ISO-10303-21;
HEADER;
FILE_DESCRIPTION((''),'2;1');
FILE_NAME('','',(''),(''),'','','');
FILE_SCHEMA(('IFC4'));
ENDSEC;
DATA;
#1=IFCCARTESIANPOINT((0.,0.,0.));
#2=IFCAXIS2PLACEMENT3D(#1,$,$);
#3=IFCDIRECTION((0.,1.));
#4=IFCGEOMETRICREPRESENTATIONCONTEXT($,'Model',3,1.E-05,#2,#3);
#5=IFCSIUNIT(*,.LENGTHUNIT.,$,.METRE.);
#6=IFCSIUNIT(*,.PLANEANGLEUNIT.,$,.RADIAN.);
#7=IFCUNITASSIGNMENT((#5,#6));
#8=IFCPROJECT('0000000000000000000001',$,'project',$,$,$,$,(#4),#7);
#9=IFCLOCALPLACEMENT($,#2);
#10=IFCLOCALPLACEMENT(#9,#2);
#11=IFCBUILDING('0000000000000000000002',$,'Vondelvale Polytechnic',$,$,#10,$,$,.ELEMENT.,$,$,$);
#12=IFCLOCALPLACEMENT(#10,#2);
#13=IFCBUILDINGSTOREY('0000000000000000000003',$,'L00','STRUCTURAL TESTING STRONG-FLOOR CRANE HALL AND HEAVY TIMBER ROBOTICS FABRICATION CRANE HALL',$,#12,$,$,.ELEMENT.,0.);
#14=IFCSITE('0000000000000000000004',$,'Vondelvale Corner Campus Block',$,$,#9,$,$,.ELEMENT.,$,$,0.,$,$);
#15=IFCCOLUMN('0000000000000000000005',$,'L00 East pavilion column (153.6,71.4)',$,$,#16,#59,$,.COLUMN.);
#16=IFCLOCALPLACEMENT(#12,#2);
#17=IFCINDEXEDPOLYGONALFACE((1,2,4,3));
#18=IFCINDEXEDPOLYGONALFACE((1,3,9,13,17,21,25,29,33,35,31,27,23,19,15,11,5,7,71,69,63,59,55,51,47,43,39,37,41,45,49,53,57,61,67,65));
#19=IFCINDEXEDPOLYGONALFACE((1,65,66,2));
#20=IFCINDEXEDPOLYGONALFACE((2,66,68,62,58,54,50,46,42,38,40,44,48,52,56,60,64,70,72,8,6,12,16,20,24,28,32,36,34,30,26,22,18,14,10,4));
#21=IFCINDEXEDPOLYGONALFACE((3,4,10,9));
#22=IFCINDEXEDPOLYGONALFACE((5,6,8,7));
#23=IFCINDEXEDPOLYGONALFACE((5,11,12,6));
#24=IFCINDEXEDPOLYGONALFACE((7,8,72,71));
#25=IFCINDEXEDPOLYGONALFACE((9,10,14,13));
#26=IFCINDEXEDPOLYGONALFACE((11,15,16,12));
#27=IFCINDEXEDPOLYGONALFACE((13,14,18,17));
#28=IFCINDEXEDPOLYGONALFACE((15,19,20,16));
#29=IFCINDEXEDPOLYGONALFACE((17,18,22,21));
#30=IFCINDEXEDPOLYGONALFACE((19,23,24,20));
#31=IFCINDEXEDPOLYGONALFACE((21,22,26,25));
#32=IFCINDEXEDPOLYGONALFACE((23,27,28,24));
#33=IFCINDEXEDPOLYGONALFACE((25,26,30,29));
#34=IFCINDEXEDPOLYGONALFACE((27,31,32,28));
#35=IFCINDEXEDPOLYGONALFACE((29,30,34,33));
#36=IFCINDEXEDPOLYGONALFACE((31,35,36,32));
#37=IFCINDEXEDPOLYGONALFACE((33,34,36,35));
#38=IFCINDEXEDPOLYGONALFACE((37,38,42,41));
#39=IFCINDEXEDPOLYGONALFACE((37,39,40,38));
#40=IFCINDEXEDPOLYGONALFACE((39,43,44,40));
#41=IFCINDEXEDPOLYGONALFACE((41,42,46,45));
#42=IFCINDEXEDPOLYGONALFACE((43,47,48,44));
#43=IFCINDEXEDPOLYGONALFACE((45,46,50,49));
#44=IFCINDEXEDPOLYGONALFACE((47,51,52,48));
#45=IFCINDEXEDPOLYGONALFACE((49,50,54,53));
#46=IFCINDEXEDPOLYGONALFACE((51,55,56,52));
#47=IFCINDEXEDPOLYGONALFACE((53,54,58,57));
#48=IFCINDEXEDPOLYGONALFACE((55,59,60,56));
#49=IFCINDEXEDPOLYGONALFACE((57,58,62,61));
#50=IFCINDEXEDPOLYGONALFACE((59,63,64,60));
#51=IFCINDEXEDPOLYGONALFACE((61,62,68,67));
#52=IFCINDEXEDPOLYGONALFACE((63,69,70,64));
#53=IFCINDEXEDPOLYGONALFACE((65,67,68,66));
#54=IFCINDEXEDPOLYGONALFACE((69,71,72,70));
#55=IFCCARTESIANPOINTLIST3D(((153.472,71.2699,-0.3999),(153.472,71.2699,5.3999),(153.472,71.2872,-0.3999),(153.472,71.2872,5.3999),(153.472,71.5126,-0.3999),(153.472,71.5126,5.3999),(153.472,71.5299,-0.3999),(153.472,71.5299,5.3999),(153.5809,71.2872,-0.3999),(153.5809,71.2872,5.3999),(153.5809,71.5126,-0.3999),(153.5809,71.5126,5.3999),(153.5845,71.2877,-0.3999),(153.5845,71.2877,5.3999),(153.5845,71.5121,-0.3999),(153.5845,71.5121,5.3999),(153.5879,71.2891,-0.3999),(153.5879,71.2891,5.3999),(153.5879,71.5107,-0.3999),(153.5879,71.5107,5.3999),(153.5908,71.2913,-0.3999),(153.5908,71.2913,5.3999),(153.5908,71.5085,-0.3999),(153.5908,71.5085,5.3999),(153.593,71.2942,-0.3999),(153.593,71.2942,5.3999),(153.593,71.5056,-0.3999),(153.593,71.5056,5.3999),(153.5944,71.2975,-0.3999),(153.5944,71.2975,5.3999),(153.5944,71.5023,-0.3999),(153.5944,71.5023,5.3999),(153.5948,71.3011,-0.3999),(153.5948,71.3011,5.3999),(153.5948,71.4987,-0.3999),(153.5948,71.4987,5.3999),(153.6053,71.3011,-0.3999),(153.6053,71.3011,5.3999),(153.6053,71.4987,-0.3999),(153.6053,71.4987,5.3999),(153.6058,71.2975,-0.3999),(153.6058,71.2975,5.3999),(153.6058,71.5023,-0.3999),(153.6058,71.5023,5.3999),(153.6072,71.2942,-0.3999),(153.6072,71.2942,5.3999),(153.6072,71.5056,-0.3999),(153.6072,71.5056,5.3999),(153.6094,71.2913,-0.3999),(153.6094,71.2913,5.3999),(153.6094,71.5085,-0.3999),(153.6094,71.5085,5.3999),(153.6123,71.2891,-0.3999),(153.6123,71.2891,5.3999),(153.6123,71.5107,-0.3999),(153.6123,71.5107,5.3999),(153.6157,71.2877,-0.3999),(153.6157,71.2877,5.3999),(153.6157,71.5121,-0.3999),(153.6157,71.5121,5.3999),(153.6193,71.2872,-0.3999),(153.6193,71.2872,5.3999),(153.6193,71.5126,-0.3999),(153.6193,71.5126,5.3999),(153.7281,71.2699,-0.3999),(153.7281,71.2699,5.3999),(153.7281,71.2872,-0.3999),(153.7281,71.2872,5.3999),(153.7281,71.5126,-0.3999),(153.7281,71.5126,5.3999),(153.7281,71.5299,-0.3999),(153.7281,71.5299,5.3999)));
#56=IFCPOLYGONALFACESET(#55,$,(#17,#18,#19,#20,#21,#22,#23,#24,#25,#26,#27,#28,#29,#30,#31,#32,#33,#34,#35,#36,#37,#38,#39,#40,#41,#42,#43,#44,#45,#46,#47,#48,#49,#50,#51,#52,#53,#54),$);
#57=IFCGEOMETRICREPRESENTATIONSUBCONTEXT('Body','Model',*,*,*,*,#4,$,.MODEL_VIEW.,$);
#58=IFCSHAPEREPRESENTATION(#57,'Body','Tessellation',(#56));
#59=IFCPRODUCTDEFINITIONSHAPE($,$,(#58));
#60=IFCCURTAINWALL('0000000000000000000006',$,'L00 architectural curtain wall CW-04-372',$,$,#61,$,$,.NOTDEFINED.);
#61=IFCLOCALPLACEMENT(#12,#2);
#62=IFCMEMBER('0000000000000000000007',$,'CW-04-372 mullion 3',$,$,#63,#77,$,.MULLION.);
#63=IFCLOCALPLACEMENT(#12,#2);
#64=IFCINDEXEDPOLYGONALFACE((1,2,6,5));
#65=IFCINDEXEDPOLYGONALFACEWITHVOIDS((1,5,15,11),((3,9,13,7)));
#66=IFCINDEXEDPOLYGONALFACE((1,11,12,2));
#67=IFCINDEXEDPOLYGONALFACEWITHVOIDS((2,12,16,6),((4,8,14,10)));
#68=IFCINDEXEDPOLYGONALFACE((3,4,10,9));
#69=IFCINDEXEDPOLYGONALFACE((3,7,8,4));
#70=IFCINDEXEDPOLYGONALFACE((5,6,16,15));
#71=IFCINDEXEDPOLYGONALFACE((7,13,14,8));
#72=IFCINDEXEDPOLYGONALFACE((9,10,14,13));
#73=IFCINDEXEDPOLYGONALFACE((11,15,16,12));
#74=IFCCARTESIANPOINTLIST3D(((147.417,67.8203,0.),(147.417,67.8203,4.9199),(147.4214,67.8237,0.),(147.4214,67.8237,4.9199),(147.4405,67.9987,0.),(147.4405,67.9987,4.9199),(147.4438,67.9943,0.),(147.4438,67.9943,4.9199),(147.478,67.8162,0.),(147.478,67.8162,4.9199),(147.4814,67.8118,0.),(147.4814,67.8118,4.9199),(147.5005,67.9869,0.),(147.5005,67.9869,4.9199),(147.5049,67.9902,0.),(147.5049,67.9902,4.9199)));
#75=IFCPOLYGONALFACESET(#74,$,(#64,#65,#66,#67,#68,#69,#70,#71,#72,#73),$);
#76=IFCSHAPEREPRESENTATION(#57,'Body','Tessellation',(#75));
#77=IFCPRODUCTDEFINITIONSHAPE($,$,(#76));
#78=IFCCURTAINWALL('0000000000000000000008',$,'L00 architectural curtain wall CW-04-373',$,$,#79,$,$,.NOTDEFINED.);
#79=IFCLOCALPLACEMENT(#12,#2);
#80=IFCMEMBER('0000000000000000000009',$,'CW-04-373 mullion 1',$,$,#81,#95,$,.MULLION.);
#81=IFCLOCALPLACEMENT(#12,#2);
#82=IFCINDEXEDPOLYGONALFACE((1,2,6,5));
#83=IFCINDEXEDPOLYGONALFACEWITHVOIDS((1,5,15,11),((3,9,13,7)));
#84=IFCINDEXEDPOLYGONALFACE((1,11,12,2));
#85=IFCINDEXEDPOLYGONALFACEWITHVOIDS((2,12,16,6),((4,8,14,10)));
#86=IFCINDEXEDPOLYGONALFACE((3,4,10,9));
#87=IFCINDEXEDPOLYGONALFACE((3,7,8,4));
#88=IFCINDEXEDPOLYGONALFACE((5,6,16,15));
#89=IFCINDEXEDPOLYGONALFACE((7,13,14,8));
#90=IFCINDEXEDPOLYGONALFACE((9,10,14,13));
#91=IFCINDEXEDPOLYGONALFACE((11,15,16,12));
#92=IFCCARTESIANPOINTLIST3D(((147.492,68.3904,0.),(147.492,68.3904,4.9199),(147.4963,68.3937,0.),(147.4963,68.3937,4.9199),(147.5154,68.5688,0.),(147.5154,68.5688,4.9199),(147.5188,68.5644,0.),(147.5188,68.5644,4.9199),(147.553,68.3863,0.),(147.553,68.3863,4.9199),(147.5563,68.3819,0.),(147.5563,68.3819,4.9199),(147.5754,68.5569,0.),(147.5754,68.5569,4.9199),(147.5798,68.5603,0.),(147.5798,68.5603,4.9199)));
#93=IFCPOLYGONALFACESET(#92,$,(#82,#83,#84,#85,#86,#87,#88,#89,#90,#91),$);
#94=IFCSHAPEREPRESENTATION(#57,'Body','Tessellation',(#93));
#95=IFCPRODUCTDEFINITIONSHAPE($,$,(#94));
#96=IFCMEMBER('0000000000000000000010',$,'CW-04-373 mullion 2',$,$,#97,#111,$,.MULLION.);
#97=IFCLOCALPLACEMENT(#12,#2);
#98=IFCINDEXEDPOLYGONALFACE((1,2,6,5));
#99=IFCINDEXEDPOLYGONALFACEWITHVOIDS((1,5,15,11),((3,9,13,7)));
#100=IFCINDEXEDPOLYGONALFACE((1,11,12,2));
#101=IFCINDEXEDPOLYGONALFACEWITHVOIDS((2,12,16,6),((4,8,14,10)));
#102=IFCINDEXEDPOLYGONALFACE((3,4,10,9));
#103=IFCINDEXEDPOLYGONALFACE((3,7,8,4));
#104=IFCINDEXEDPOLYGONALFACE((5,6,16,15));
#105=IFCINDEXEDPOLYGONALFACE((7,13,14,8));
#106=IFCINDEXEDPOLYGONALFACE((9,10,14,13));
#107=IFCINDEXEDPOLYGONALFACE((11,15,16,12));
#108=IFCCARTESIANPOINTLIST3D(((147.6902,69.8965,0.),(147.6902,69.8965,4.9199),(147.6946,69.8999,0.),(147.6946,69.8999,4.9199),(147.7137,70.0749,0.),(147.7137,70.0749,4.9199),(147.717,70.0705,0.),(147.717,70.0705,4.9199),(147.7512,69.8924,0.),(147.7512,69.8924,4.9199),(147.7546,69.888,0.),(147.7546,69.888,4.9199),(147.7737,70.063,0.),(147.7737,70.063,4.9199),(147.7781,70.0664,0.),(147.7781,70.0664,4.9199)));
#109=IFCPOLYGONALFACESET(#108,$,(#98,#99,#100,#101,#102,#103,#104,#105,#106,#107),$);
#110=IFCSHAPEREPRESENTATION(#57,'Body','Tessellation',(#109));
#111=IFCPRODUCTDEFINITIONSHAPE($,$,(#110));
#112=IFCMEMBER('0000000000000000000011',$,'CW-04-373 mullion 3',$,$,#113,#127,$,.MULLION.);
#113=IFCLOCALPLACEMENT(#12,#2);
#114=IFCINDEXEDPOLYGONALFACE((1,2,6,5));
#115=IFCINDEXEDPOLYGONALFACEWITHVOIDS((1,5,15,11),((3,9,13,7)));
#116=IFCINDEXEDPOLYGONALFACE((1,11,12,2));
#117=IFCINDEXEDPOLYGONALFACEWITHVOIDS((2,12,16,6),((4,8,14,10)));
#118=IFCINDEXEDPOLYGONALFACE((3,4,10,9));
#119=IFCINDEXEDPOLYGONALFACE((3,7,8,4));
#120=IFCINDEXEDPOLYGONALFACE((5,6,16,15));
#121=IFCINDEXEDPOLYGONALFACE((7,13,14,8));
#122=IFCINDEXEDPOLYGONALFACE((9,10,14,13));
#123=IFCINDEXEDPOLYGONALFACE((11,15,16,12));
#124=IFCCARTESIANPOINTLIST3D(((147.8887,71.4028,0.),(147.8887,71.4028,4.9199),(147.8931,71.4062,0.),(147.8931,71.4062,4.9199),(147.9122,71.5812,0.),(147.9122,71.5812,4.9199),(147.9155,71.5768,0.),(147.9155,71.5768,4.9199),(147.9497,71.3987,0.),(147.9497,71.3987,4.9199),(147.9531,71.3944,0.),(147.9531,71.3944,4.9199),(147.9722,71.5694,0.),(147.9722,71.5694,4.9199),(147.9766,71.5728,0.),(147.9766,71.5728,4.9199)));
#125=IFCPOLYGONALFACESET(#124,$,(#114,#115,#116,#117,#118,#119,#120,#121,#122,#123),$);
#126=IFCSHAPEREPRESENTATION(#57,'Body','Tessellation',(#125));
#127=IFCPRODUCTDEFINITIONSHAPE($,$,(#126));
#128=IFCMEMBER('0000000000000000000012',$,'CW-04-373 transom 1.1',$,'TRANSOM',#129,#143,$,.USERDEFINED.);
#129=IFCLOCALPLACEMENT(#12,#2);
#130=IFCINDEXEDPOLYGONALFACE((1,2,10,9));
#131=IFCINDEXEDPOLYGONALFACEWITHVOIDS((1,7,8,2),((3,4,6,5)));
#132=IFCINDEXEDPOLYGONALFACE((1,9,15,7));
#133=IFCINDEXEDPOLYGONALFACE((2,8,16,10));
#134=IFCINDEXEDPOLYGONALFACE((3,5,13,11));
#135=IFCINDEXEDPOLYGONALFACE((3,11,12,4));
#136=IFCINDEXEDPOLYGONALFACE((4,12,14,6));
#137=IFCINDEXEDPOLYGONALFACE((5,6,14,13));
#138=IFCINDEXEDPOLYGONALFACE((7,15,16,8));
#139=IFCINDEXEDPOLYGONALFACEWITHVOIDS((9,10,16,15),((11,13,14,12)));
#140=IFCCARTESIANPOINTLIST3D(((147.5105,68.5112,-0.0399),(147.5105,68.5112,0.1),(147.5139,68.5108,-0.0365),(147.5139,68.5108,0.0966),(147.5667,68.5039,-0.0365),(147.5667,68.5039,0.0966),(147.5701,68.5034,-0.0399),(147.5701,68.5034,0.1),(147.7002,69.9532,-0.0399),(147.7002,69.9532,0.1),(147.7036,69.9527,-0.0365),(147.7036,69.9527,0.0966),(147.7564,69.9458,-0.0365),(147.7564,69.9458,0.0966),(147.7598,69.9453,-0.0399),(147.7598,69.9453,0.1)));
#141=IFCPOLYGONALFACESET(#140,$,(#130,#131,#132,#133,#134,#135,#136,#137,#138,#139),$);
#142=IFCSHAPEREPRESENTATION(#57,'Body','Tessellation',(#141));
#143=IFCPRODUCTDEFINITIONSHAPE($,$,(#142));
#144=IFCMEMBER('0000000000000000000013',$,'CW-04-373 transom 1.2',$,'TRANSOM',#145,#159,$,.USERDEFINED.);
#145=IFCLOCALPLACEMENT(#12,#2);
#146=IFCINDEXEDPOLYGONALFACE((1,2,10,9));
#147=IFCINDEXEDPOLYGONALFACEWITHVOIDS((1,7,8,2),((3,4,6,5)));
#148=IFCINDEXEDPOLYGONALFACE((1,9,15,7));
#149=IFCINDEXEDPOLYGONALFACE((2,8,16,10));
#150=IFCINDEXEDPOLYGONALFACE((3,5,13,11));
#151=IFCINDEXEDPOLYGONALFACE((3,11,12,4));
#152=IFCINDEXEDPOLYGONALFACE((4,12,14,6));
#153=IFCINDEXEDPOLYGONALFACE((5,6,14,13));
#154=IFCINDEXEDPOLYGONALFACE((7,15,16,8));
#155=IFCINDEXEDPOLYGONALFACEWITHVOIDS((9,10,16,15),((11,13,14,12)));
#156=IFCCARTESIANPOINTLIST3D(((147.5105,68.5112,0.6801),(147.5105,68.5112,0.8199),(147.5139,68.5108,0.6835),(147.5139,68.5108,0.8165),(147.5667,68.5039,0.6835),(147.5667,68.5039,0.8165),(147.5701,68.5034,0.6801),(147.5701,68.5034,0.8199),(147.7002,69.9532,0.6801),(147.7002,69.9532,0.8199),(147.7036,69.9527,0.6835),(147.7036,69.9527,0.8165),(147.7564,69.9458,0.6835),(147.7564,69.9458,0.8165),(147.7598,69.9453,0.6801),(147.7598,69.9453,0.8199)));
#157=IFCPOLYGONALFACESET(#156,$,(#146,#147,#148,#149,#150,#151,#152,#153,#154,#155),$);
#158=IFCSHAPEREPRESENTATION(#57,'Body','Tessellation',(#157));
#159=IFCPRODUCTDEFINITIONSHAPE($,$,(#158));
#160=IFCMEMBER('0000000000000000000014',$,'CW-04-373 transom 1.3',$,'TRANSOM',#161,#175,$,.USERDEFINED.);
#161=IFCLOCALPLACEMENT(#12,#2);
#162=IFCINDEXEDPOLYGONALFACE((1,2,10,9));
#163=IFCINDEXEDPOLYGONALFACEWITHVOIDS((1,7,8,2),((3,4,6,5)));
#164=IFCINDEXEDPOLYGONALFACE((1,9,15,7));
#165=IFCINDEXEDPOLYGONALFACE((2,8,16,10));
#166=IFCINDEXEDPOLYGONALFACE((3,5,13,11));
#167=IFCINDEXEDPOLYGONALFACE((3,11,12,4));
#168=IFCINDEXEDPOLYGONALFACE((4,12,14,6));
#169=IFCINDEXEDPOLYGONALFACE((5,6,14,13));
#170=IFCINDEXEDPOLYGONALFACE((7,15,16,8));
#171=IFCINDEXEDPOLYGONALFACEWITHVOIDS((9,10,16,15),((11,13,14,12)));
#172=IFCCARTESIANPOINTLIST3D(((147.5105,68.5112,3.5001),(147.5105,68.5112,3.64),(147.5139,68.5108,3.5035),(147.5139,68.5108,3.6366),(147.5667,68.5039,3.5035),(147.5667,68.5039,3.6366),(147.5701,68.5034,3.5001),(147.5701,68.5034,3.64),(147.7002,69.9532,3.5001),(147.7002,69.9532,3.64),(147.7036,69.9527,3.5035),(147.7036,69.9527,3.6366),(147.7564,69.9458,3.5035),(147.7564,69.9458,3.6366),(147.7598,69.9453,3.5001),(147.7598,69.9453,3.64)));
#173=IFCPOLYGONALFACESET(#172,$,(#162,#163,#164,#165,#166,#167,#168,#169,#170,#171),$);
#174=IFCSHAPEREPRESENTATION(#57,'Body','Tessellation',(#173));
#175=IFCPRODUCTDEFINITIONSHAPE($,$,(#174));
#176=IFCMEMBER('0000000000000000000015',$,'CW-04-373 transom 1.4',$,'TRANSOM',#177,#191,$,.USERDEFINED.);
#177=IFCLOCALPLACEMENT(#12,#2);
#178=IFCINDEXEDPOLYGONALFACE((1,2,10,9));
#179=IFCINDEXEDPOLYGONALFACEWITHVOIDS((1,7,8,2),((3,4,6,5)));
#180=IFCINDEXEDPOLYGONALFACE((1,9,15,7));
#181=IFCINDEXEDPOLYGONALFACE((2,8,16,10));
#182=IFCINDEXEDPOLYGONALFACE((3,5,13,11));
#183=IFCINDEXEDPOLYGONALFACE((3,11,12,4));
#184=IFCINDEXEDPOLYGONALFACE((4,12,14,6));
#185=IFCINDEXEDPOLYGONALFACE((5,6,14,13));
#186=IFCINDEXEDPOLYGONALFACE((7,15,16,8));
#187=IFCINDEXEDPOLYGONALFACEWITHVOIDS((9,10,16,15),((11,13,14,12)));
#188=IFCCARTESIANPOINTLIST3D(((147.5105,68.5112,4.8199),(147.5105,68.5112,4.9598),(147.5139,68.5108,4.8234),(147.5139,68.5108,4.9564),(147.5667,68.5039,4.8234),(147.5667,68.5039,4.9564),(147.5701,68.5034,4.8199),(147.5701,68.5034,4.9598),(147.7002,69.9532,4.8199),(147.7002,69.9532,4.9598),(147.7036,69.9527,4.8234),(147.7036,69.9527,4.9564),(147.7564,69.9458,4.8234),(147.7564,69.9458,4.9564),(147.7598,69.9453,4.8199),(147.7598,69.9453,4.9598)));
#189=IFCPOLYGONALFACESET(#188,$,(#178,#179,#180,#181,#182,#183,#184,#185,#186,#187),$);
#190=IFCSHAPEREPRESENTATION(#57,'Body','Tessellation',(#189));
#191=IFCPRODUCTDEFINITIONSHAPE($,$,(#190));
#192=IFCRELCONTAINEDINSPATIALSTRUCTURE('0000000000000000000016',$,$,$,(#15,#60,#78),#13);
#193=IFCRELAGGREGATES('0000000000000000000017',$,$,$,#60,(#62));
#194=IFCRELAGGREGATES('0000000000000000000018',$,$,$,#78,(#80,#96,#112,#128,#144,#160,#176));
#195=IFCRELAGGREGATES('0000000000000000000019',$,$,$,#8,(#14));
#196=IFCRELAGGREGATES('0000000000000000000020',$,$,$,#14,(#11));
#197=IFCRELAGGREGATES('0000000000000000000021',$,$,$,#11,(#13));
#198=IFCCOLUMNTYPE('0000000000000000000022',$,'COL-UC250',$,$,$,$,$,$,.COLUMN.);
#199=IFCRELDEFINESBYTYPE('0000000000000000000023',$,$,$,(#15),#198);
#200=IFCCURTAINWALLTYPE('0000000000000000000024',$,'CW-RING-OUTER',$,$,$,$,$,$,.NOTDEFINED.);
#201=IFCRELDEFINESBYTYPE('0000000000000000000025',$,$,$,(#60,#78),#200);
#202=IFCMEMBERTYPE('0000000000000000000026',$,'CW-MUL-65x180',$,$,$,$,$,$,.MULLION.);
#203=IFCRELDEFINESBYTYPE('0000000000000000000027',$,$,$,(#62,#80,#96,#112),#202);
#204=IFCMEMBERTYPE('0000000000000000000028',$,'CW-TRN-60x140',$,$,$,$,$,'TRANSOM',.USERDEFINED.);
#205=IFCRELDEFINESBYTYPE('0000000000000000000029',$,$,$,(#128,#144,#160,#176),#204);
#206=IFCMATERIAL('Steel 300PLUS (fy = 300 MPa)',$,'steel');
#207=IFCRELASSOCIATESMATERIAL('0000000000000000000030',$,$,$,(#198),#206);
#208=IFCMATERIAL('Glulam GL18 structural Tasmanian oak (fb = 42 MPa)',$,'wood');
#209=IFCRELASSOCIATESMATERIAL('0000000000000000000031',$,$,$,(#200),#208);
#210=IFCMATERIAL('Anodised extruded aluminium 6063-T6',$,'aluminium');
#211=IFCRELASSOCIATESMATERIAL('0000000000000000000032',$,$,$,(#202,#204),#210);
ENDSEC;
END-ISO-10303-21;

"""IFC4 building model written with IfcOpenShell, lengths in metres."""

from ifc_helpers import new_model, si_unit, direction, frame, origin, origin_2d, place, context, subcontext, project, spatial, hollow_rectangle, i_section, extrude, material, material_profile, profile_set, type_object, element, aggregate, save


model = new_model("IFC4")

# Units and contexts
model_context = context("Model", 3, precision=1e-05, world=origin(), true_north=direction((0.0, 1.0)))
body_context = subcontext(model_context, "Body", "Model", "MODEL_VIEW")
ifc_project = project(units=[si_unit("LENGTHUNIT", "METRE"), si_unit("PLANEANGLEUNIT", "RADIAN")], contexts=[model_context])

# Site, building, storey
site_placement = place(None, origin())
site = spatial("IfcSite", under=ifc_project, at=site_placement, Name="Vondelvale Corner Campus Block", CompositionType="ELEMENT", RefElevation=0.0)
building_placement = place(site_placement, origin())
building = spatial("IfcBuilding", under=site, at=building_placement, Name="Vondelvale Polytechnic", CompositionType="ELEMENT")
storey_placement = place(building_placement, origin())
storey = spatial("IfcBuildingStorey", under=building, at=storey_placement, Name="L00", Description="STRUCTURAL TESTING STRONG-FLOOR CRANE HALL AND HEAVY TIMBER ROBOTICS FABRICATION CRANE HALL", CompositionType="ELEMENT", Elevation=0.0)

# Column
ifc_material_1 = material(Name="Glulam GL18 structural Tasmanian oak (fb = 42 MPa)", Category="wood")
ifc_material_2 = material(Name="Steel 300PLUS (fy = 300 MPa)", Category="steel")
ifc_material_profile_1 = material_profile(ifc_material_2, i_section(OverallWidth=0.2561, OverallDepth=0.26, WebThickness=0.0105, FlangeThickness=0.0173, FilletRadius=0.0139, at=origin_2d()), Name="250UC89.5")
ifc_profile_set_1 = profile_set([ifc_material_profile_1], Name="Steel 300PLUS (fy = 300 MPa)")
column_type_1 = type_object("IfcColumnType", Name="COL-UC250", PredefinedType="COLUMN", material=ifc_profile_set_1)
column_1_placement = place(storey_placement, frame((153.6001, 71.3999, -0.3999), z_axis=(0.0, 0.0, 1.0), x_axis=(1.0, 0.0, 0.0)))
element("IfcColumn", 1, at=column_1_placement, inside=storey, type_object=column_type_1, Name="L00 East pavilion column (153.6,71.4)", PredefinedType="COLUMN", context=body_context, shape_type="SweptSolid", body=[
    extrude(i_section(OverallWidth=0.2561, OverallDepth=0.26, WebThickness=0.0105, FlangeThickness=0.0173, FilletRadius=0.0139, at=origin_2d()), origin(), (0.0, 0.0, 1.0), 5.7998),
])

# Curtain wall, member
curtain_wall_type = type_object("IfcCurtainWallType", Name="CW-RING-OUTER", PredefinedType="NOTDEFINED", material=ifc_material_1)
curtain_wall_1_placement = place(storey_placement, origin())
curtain_wall_1 = element("IfcCurtainWall", 2, at=curtain_wall_1_placement, inside=storey, type_object=curtain_wall_type, Name="L00 architectural curtain wall CW-04-372", PredefinedType="NOTDEFINED")
ifc_material_3 = material(Name="Anodised extruded aluminium 6063-T6", Category="aluminium")
ifc_material_profile_2 = material_profile(ifc_material_3, hollow_rectangle(XDim=0.0649, YDim=0.1799, WallThickness=0.0039, at=origin_2d()), Name="CW-MUL-180x65")
ifc_profile_set_2 = profile_set([ifc_material_profile_2], Name="Anodised extruded aluminium 6063-T6")
member_type_1 = type_object("IfcMemberType", Name="CW-MUL-65x180", PredefinedType="MULLION", material=ifc_profile_set_2)
member_1_placement = place(storey_placement, frame((147.4609, 67.9053, 0.0), z_axis=(0.0, 0.0, 1.0), x_axis=(-0.991449, 0.130497, 0.0)))
member_1 = element("IfcMember", 3, at=member_1_placement, type_object=member_type_1, Name="CW-04-372 mullion 3", PredefinedType="MULLION", context=body_context, shape_type="SweptSolid", body=[
    extrude(hollow_rectangle(XDim=0.0649, YDim=0.1799, WallThickness=0.0039, at=origin_2d()), origin(), (0.0, 0.0, 1.0), 4.9199),
])
aggregate(curtain_wall_1, [member_1])

# Curtain wall, members
curtain_wall_2_placement = place(storey_placement, origin())
curtain_wall_2 = element("IfcCurtainWall", 4, at=curtain_wall_2_placement, inside=storey, type_object=curtain_wall_type, Name="L00 architectural curtain wall CW-04-373", PredefinedType="NOTDEFINED")
member_2_placement = place(storey_placement, frame((147.5359, 68.4753, 0.0), z_axis=(0.0, 0.0, 1.0), x_axis=(-0.991445, 0.130524, 0.0)))
member_2 = element("IfcMember", 5, at=member_2_placement, type_object=member_type_1, Name="CW-04-373 mullion 1", PredefinedType="MULLION", context=body_context, shape_type="SweptSolid", body=[
    extrude(hollow_rectangle(XDim=0.0649, YDim=0.1799, WallThickness=0.0039, at=origin_2d()), origin(), (0.0, 0.0, 1.0), 4.9199),
])
member_3_placement = place(storey_placement, frame((147.7341, 69.9814, 0.0), z_axis=(0.0, 0.0, 1.0), x_axis=(-0.991445, 0.130524, 0.0)))
member_3 = element("IfcMember", 6, at=member_3_placement, type_object=member_type_1, Name="CW-04-373 mullion 2", PredefinedType="MULLION", context=body_context, shape_type="SweptSolid", body=[
    extrude(hollow_rectangle(XDim=0.0649, YDim=0.1799, WallThickness=0.0039, at=origin_2d()), origin(), (0.0, 0.0, 1.0), 4.9199),
])
member_4_placement = place(storey_placement, frame((147.9326, 71.4878, 0.0), z_axis=(0.0, 0.0, 1.0), x_axis=(-0.991445, 0.130524, 0.0)))
member_4 = element("IfcMember", 7, at=member_4_placement, type_object=member_type_1, Name="CW-04-373 mullion 3", PredefinedType="MULLION", context=body_context, shape_type="SweptSolid", body=[
    extrude(hollow_rectangle(XDim=0.0649, YDim=0.1799, WallThickness=0.0039, at=origin_2d()), origin(), (0.0, 0.0, 1.0), 4.9199),
])
ifc_material_profile_3 = material_profile(ifc_material_3, hollow_rectangle(XDim=0.0601, YDim=0.1399, WallThickness=0.0034, at=origin_2d()), Name="CW-TRN-140x60")
ifc_profile_set_3 = profile_set([ifc_material_profile_3], Name="Anodised extruded aluminium 6063-T6")
member_type_2 = type_object("IfcMemberType", Name="CW-TRN-60x140", ElementType="TRANSOM", PredefinedType="USERDEFINED", material=ifc_profile_set_3)
member_5_placement = place(storey_placement, frame((147.5403, 68.5073, 0.03), z_axis=(0.130437, 0.991457, 0.0), x_axis=(-0.991457, 0.130437, 0.0)))
member_5 = element("IfcMember", 8, at=member_5_placement, type_object=member_type_2, Name="CW-04-373 transom 1.1", ObjectType="TRANSOM", PredefinedType="USERDEFINED", context=body_context, shape_type="SweptSolid", body=[
    extrude(hollow_rectangle(XDim=0.0601, YDim=0.1399, WallThickness=0.0034, at=origin_2d()), origin(), (0.0, 0.0, 1.0), 1.4543),
])
member_6_placement = place(storey_placement, frame((147.5403, 68.5073, 0.75), z_axis=(0.130437, 0.991457, 0.0), x_axis=(-0.991457, 0.130437, 0.0)))
member_6 = element("IfcMember", 9, at=member_6_placement, type_object=member_type_2, Name="CW-04-373 transom 1.2", ObjectType="TRANSOM", PredefinedType="USERDEFINED", context=body_context, shape_type="SweptSolid", body=[
    extrude(hollow_rectangle(XDim=0.0601, YDim=0.1399, WallThickness=0.0034, at=origin_2d()), origin(), (0.0, 0.0, 1.0), 1.4543),
])
member_7_placement = place(storey_placement, frame((147.5403, 68.5073, 3.5701), z_axis=(0.130437, 0.991457, 0.0), x_axis=(-0.991457, 0.130437, 0.0)))
member_7 = element("IfcMember", 10, at=member_7_placement, type_object=member_type_2, Name="CW-04-373 transom 1.3", ObjectType="TRANSOM", PredefinedType="USERDEFINED", context=body_context, shape_type="SweptSolid", body=[
    extrude(hollow_rectangle(XDim=0.0601, YDim=0.1399, WallThickness=0.0034, at=origin_2d()), origin(), (0.0, 0.0, 1.0), 1.4543),
])
member_8_placement = place(storey_placement, frame((147.5403, 68.5073, 4.8899), z_axis=(0.130437, 0.991457, 0.0), x_axis=(-0.991457, 0.130437, 0.0)))
member_8 = element("IfcMember", 11, at=member_8_placement, type_object=member_type_2, Name="CW-04-373 transom 1.4", ObjectType="TRANSOM", PredefinedType="USERDEFINED", context=body_context, shape_type="SweptSolid", body=[
    extrude(hollow_rectangle(XDim=0.0601, YDim=0.1399, WallThickness=0.0034, at=origin_2d()), origin(), (0.0, 0.0, 1.0), 1.4543),
])
aggregate(curtain_wall_2, [member_2, member_3, member_4, member_5, member_6, member_7, member_8])

save(model, "model.ifc")
